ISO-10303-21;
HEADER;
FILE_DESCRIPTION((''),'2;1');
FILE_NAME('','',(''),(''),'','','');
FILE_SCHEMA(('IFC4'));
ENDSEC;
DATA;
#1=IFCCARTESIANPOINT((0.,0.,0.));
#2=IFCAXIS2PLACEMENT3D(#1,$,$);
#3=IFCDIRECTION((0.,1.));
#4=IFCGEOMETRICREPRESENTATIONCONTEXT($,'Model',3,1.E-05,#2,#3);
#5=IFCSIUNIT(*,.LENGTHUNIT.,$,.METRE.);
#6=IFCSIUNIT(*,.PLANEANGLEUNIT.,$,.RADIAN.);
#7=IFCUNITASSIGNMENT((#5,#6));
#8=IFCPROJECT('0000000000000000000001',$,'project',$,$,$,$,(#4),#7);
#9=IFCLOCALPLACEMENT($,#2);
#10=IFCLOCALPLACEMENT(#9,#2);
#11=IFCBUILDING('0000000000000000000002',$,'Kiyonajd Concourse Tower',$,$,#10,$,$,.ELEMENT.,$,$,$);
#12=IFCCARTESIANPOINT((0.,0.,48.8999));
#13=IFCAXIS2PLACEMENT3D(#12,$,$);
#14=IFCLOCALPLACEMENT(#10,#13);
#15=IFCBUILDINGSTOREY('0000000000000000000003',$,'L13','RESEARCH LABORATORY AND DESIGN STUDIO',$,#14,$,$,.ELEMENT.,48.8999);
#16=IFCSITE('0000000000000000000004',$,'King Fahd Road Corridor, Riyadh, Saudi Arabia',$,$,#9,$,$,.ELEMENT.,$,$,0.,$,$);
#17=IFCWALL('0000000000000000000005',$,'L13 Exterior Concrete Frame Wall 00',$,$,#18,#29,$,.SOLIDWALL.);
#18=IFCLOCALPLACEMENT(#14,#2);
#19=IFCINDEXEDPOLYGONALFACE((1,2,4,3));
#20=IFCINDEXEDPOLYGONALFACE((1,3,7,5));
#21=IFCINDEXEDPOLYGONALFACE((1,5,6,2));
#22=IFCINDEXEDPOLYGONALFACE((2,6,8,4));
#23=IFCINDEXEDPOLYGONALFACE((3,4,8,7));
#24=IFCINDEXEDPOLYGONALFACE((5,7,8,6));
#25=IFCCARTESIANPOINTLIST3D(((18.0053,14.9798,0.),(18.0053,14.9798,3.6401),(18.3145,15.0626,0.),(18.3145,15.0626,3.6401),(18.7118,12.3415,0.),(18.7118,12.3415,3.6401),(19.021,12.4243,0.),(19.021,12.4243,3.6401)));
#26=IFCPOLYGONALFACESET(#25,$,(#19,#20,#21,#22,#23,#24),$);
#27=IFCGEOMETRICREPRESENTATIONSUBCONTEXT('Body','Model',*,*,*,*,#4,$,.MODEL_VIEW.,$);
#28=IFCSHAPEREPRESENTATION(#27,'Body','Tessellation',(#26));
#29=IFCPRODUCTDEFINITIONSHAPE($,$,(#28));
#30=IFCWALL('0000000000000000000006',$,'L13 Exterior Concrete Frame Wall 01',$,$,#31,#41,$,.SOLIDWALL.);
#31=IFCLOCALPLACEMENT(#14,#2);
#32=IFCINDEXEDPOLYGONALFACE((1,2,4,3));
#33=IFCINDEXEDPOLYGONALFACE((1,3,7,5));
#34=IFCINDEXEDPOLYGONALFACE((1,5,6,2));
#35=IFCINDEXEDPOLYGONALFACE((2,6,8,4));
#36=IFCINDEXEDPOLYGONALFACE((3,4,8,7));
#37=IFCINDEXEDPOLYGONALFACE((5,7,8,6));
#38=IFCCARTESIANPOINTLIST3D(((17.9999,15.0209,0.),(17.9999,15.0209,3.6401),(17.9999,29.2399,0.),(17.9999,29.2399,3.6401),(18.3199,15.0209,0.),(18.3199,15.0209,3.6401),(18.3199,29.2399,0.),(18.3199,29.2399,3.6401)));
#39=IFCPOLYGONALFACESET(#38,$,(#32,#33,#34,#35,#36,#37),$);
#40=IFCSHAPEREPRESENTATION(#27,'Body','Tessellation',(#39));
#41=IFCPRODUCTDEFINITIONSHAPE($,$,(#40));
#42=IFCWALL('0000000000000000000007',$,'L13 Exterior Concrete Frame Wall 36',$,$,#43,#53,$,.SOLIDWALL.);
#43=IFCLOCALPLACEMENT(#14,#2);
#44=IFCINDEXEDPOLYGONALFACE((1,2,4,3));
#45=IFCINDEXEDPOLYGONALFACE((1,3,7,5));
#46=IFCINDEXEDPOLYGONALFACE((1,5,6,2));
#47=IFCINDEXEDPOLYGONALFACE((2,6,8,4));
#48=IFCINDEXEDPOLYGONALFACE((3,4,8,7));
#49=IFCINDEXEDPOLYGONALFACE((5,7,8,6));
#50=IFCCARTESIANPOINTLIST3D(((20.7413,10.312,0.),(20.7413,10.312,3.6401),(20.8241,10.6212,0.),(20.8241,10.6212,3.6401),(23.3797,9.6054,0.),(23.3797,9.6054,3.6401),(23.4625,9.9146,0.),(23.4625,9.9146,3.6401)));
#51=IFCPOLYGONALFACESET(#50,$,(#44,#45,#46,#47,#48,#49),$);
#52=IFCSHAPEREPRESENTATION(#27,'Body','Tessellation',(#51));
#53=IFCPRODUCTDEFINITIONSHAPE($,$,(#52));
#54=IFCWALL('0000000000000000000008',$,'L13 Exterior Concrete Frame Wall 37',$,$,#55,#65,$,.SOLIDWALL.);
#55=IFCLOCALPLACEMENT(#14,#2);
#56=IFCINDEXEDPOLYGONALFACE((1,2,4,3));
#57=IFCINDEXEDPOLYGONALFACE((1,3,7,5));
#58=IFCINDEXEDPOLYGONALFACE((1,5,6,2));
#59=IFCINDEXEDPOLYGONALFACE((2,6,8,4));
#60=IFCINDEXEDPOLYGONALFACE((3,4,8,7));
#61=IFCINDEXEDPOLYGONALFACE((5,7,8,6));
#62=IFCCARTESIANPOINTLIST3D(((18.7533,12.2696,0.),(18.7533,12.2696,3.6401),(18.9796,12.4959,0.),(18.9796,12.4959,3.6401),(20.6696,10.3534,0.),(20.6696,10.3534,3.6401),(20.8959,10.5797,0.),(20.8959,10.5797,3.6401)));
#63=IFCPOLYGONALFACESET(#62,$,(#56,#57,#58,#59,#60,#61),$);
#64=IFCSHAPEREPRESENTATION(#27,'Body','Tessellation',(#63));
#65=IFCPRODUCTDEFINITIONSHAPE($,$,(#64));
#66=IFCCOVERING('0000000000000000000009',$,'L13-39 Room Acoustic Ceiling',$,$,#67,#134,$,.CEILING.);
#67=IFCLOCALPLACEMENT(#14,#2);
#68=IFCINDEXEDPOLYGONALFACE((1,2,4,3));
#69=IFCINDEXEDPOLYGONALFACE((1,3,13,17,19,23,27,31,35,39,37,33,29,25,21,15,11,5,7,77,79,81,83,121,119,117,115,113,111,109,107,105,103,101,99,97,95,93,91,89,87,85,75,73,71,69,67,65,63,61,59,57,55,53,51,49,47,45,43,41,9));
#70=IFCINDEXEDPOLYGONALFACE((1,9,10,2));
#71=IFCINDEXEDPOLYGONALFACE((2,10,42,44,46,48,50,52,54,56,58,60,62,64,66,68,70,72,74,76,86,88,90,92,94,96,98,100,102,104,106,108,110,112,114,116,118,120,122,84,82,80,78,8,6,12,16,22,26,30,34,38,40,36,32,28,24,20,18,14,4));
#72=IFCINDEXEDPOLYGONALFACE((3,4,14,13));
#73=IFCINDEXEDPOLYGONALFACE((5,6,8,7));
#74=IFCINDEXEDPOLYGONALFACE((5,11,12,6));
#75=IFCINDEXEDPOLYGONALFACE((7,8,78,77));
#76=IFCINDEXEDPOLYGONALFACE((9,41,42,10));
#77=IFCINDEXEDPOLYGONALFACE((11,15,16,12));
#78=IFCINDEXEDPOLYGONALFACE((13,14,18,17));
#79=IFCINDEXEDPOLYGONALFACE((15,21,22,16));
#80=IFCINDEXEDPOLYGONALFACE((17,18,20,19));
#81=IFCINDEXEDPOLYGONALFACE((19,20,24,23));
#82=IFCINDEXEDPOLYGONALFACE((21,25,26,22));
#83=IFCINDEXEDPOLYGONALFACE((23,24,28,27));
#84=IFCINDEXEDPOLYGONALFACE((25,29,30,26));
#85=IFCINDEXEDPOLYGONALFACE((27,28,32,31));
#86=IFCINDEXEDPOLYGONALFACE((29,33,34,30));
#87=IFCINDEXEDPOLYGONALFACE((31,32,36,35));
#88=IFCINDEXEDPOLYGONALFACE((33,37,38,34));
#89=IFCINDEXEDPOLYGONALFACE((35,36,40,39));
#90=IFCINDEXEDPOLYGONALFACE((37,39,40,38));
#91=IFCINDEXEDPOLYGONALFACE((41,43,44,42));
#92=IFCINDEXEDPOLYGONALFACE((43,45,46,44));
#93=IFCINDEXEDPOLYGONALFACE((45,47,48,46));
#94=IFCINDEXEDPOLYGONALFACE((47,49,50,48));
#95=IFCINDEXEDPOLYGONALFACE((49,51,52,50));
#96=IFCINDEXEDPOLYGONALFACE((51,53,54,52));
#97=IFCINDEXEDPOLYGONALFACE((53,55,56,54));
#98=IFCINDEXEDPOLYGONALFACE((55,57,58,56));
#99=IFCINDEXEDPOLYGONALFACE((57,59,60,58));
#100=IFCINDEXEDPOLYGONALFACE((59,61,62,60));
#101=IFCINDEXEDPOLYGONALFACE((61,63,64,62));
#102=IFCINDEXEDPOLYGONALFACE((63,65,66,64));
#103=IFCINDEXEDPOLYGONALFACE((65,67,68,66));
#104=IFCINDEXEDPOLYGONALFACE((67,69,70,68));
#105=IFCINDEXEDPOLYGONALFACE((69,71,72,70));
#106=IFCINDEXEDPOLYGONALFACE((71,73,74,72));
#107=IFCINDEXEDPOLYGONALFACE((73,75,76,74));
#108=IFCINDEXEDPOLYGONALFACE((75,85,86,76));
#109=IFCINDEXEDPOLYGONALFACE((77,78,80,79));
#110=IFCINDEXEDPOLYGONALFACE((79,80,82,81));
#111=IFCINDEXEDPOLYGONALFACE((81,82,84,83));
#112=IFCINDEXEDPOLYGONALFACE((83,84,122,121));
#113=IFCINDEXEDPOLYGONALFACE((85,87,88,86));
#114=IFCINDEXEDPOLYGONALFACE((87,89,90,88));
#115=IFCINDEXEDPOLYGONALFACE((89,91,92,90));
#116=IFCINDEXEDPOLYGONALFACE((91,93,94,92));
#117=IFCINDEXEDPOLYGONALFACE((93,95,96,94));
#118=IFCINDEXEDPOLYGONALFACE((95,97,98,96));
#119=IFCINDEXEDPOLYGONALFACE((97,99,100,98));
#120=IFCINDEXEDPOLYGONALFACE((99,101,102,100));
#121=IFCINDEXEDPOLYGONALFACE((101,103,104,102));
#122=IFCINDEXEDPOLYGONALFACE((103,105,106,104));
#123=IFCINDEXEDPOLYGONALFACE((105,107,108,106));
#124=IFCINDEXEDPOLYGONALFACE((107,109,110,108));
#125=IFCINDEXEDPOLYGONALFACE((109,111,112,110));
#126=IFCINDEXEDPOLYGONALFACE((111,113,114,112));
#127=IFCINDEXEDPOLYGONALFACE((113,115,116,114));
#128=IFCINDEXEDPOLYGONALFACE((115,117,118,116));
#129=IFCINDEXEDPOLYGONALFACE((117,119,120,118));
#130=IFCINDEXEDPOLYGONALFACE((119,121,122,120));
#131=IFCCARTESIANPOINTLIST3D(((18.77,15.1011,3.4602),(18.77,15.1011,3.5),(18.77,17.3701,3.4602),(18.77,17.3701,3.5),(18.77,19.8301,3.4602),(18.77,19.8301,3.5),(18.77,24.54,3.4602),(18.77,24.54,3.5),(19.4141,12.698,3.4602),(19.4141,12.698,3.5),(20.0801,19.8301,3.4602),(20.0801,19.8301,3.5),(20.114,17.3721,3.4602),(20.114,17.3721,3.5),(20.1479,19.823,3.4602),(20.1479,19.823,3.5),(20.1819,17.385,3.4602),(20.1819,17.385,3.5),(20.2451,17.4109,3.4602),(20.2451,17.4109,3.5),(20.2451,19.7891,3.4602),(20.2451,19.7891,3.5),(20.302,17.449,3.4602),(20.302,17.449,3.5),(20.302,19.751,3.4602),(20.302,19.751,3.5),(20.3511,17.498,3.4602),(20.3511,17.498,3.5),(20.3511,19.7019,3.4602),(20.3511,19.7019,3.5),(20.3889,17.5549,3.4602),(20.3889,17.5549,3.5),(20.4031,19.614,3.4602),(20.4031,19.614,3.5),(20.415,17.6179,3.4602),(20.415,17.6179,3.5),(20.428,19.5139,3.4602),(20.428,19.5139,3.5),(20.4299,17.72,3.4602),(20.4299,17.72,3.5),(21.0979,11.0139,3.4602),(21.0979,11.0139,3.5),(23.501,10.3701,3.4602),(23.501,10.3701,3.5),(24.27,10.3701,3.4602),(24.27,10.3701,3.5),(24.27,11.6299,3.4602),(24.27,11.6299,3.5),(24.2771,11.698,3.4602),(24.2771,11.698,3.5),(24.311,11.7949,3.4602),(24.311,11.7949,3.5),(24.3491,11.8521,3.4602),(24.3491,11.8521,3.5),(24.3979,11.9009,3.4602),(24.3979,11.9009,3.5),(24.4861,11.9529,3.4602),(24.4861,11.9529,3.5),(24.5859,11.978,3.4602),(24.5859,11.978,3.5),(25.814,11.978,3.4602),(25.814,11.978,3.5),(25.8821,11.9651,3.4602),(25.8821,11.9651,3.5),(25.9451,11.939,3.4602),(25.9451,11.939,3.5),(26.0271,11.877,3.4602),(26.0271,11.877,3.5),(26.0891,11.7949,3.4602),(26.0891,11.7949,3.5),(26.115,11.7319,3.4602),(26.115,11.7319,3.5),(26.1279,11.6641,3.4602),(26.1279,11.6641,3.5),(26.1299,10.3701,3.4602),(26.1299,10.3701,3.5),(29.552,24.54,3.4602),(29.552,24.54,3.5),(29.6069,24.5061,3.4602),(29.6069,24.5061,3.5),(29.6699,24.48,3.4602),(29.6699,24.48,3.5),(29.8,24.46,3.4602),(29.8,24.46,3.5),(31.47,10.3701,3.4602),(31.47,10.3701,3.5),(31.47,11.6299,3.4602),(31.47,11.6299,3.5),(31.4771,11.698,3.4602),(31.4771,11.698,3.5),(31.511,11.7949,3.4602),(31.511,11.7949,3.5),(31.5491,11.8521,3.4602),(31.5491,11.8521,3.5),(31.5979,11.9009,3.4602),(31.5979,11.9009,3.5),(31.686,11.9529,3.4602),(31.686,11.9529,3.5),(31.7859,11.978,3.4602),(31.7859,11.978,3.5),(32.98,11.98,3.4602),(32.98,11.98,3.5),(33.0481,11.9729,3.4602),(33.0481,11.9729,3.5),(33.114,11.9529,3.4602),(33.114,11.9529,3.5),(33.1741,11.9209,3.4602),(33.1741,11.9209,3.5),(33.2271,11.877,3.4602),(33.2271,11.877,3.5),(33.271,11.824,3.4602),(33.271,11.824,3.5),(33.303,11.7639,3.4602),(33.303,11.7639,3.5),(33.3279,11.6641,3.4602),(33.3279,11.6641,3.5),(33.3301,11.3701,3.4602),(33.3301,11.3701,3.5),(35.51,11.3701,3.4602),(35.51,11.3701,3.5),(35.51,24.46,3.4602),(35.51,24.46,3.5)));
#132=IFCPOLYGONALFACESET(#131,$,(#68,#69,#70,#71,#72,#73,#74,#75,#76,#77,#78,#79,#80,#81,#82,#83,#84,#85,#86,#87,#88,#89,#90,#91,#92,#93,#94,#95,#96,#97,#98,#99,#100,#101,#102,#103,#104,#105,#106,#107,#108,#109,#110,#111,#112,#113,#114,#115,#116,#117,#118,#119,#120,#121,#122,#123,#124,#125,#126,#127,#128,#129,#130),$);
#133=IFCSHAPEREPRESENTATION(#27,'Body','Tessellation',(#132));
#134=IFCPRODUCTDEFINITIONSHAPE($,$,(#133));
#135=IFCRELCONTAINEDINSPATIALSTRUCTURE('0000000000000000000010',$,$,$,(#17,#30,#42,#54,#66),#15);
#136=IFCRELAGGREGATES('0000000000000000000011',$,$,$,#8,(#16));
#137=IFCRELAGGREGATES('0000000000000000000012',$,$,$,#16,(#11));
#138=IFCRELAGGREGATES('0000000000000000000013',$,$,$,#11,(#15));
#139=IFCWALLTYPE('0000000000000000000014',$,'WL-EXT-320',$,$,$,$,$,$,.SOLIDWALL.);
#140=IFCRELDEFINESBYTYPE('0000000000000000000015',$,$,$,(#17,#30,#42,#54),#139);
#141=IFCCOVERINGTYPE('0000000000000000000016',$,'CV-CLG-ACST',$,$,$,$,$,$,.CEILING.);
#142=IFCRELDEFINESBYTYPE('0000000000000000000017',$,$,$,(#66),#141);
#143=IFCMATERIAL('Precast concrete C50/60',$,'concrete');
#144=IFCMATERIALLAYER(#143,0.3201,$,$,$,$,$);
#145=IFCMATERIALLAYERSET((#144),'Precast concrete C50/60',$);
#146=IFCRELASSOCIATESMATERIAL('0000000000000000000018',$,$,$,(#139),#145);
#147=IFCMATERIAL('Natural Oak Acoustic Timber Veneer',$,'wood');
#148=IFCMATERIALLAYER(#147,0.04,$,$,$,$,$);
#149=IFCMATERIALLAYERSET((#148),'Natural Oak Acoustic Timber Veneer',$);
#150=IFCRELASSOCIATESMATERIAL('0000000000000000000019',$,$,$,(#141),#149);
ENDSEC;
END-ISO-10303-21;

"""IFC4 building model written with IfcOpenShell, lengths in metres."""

from ifc_helpers import new_model, si_unit, direction, frame, frame_2d, origin, place, context, subcontext, project, spatial, polyline, rectangle, outline, extrude, material, layer, layer_set, type_object, element, save


model = new_model("IFC4")

# Units and contexts
model_context = context("Model", 3, precision=1e-05, world=origin(), true_north=direction((0.0, 1.0)))
body_context = subcontext(model_context, "Body", "Model", "MODEL_VIEW")
ifc_project = project(units=[si_unit("LENGTHUNIT", "METRE"), si_unit("PLANEANGLEUNIT", "RADIAN")], contexts=[model_context])

# Site, building, storey
site_placement = place(None, origin())
site = spatial("IfcSite", under=ifc_project, at=site_placement, Name="King Fahd Road Corridor, Riyadh, Saudi Arabia", CompositionType="ELEMENT", RefElevation=0.0)
building_placement = place(site_placement, origin())
building = spatial("IfcBuilding", under=site, at=building_placement, Name="Kiyonajd Concourse Tower", CompositionType="ELEMENT")
storey_placement = place(building_placement, frame((0.0, 0.0, 48.8999)))
storey = spatial("IfcBuildingStorey", under=building, at=storey_placement, Name="L13", Description="RESEARCH LABORATORY AND DESIGN STUDIO", CompositionType="ELEMENT", Elevation=48.8999)

# Shared definitions
ifc_material_1 = material(Name="Precast concrete C50/60", Category="concrete")

# Walls
ifc_layer_1 = layer(ifc_material_1, 0.3201)
ifc_layer_set_1 = layer_set([ifc_layer_1], Name="Precast concrete C50/60")
wall_type = type_object("IfcWallType", Name="WL-EXT-320", PredefinedType="SOLIDWALL", material=ifc_layer_set_1)
wall_1_placement = place(storey_placement, frame((18.8665, 12.3828, 0.0), z_axis=(0.0, 0.0, 1.0), x_axis=(-0.258697, 0.965958, 0.0)))
element("IfcWall", 1, at=wall_1_placement, inside=storey, type_object=wall_type, Name="L13 Exterior Concrete Frame Wall 00", PredefinedType="SOLIDWALL", context=body_context, shape_type="SweptSolid", body=[
    extrude(rectangle(XDim=2.7312, YDim=0.3201, at=frame_2d((1.3657, 0.0))), origin(), (0.0, 0.0, 1.0), 3.6401),
])
wall_2_placement = place(storey_placement, frame((18.1599, 15.021, 0.0), z_axis=(0.0, 0.0, 1.0), x_axis=(0.0, 1.0, 0.0)))
element("IfcWall", 2, at=wall_2_placement, inside=storey, type_object=wall_type, Name="L13 Exterior Concrete Frame Wall 01", PredefinedType="SOLIDWALL", context=body_context, shape_type="SweptSolid", body=[
    extrude(rectangle(XDim=14.219, YDim=0.3201, at=frame_2d((7.1094, 0.0))), origin(), (0.0, 0.0, 1.0), 3.6401),
])
wall_3_placement = place(storey_placement, frame((23.4211, 9.76, 0.0), z_axis=(0.0, 0.0, 1.0), x_axis=(-0.965964, 0.258675, 0.0)))
element("IfcWall", 3, at=wall_3_placement, inside=storey, type_object=wall_type, Name="L13 Exterior Concrete Frame Wall 36", PredefinedType="SOLIDWALL", context=body_context, shape_type="SweptSolid", body=[
    extrude(rectangle(XDim=2.7314, YDim=0.3201, at=frame_2d((1.3657, 0.0))), origin(), (0.0, 0.0, 1.0), 3.6401),
])
wall_4_placement = place(storey_placement, frame((20.7827, 10.4666, 0.0), z_axis=(0.0, 0.0, 1.0), x_axis=(-0.707107, 0.707107, 0.0)))
element("IfcWall", 4, at=wall_4_placement, inside=storey, type_object=wall_type, Name="L13 Exterior Concrete Frame Wall 37", PredefinedType="SOLIDWALL", context=body_context, shape_type="SweptSolid", body=[
    extrude(rectangle(XDim=2.71, YDim=0.3201, at=frame_2d((1.355, 0.0))), origin(), (0.0, 0.0, 1.0), 3.6401),
])

# Covering
ifc_material_2 = material(Name="Natural Oak Acoustic Timber Veneer", Category="wood")
ifc_layer_2 = layer(ifc_material_2, 0.04)
ifc_layer_set_2 = layer_set([ifc_layer_2], Name="Natural Oak Acoustic Timber Veneer")
covering_type = type_object("IfcCoveringType", Name="CV-CLG-ACST", PredefinedType="CEILING", material=ifc_layer_set_2)
covering_1_placement = place(storey_placement, frame((0.0, 0.0, 3.4602)))
element("IfcCovering", 5, at=covering_1_placement, inside=storey, type_object=covering_type, Name="L13-39 Room Acoustic Ceiling", PredefinedType="CEILING", context=body_context, shape_type="SweptSolid", body=[
    extrude(outline(polyline([(19.4141, 12.698), (18.77, 15.1011), (18.77, 17.3701), (20.114, 17.3721), (20.1819, 17.385), (20.2451, 17.4109), (20.302, 17.449), (20.3511, 17.498), (20.3889, 17.5549), (20.415, 17.6179), (20.4299, 17.72), (20.428, 19.5139), (20.4031, 19.614), (20.3511, 19.7019), (20.302, 19.751), (20.2451, 19.7891), (20.1479, 19.823), (20.0801, 19.8301), (18.77, 19.8301), (18.77, 24.54), (29.552, 24.54), (29.6069, 24.5061), (29.6699, 24.48), (29.8, 24.46), (35.51, 24.46), (35.51, 11.3701), (33.3301, 11.3701), (33.3279, 11.6641), (33.303, 11.7639), (33.271, 11.824), (33.2271, 11.877), (33.1741, 11.9209), (33.114, 11.9529), (33.0481, 11.9729), (32.98, 11.98), (31.7859, 11.978), (31.686, 11.9529), (31.5979, 11.9009), (31.5491, 11.8521), (31.511, 11.7949), (31.4771, 11.698), (31.47, 11.6299), (31.47, 10.3701), (26.1299, 10.3701), (26.1279, 11.6641), (26.115, 11.7319), (26.0891, 11.7949), (26.0271, 11.877), (25.9451, 11.939), (25.8821, 11.9651), (25.814, 11.978), (24.5859, 11.978), (24.4861, 11.9529), (24.3979, 11.9009), (24.3491, 11.8521), (24.311, 11.7949), (24.2771, 11.698), (24.27, 11.6299), (24.27, 10.3701), (23.501, 10.3701), (21.0979, 11.0139), (19.4141, 12.698)])), origin(), (0.0, 0.0, 1.0), 0.0398),
])

save(model, "model.ifc")
